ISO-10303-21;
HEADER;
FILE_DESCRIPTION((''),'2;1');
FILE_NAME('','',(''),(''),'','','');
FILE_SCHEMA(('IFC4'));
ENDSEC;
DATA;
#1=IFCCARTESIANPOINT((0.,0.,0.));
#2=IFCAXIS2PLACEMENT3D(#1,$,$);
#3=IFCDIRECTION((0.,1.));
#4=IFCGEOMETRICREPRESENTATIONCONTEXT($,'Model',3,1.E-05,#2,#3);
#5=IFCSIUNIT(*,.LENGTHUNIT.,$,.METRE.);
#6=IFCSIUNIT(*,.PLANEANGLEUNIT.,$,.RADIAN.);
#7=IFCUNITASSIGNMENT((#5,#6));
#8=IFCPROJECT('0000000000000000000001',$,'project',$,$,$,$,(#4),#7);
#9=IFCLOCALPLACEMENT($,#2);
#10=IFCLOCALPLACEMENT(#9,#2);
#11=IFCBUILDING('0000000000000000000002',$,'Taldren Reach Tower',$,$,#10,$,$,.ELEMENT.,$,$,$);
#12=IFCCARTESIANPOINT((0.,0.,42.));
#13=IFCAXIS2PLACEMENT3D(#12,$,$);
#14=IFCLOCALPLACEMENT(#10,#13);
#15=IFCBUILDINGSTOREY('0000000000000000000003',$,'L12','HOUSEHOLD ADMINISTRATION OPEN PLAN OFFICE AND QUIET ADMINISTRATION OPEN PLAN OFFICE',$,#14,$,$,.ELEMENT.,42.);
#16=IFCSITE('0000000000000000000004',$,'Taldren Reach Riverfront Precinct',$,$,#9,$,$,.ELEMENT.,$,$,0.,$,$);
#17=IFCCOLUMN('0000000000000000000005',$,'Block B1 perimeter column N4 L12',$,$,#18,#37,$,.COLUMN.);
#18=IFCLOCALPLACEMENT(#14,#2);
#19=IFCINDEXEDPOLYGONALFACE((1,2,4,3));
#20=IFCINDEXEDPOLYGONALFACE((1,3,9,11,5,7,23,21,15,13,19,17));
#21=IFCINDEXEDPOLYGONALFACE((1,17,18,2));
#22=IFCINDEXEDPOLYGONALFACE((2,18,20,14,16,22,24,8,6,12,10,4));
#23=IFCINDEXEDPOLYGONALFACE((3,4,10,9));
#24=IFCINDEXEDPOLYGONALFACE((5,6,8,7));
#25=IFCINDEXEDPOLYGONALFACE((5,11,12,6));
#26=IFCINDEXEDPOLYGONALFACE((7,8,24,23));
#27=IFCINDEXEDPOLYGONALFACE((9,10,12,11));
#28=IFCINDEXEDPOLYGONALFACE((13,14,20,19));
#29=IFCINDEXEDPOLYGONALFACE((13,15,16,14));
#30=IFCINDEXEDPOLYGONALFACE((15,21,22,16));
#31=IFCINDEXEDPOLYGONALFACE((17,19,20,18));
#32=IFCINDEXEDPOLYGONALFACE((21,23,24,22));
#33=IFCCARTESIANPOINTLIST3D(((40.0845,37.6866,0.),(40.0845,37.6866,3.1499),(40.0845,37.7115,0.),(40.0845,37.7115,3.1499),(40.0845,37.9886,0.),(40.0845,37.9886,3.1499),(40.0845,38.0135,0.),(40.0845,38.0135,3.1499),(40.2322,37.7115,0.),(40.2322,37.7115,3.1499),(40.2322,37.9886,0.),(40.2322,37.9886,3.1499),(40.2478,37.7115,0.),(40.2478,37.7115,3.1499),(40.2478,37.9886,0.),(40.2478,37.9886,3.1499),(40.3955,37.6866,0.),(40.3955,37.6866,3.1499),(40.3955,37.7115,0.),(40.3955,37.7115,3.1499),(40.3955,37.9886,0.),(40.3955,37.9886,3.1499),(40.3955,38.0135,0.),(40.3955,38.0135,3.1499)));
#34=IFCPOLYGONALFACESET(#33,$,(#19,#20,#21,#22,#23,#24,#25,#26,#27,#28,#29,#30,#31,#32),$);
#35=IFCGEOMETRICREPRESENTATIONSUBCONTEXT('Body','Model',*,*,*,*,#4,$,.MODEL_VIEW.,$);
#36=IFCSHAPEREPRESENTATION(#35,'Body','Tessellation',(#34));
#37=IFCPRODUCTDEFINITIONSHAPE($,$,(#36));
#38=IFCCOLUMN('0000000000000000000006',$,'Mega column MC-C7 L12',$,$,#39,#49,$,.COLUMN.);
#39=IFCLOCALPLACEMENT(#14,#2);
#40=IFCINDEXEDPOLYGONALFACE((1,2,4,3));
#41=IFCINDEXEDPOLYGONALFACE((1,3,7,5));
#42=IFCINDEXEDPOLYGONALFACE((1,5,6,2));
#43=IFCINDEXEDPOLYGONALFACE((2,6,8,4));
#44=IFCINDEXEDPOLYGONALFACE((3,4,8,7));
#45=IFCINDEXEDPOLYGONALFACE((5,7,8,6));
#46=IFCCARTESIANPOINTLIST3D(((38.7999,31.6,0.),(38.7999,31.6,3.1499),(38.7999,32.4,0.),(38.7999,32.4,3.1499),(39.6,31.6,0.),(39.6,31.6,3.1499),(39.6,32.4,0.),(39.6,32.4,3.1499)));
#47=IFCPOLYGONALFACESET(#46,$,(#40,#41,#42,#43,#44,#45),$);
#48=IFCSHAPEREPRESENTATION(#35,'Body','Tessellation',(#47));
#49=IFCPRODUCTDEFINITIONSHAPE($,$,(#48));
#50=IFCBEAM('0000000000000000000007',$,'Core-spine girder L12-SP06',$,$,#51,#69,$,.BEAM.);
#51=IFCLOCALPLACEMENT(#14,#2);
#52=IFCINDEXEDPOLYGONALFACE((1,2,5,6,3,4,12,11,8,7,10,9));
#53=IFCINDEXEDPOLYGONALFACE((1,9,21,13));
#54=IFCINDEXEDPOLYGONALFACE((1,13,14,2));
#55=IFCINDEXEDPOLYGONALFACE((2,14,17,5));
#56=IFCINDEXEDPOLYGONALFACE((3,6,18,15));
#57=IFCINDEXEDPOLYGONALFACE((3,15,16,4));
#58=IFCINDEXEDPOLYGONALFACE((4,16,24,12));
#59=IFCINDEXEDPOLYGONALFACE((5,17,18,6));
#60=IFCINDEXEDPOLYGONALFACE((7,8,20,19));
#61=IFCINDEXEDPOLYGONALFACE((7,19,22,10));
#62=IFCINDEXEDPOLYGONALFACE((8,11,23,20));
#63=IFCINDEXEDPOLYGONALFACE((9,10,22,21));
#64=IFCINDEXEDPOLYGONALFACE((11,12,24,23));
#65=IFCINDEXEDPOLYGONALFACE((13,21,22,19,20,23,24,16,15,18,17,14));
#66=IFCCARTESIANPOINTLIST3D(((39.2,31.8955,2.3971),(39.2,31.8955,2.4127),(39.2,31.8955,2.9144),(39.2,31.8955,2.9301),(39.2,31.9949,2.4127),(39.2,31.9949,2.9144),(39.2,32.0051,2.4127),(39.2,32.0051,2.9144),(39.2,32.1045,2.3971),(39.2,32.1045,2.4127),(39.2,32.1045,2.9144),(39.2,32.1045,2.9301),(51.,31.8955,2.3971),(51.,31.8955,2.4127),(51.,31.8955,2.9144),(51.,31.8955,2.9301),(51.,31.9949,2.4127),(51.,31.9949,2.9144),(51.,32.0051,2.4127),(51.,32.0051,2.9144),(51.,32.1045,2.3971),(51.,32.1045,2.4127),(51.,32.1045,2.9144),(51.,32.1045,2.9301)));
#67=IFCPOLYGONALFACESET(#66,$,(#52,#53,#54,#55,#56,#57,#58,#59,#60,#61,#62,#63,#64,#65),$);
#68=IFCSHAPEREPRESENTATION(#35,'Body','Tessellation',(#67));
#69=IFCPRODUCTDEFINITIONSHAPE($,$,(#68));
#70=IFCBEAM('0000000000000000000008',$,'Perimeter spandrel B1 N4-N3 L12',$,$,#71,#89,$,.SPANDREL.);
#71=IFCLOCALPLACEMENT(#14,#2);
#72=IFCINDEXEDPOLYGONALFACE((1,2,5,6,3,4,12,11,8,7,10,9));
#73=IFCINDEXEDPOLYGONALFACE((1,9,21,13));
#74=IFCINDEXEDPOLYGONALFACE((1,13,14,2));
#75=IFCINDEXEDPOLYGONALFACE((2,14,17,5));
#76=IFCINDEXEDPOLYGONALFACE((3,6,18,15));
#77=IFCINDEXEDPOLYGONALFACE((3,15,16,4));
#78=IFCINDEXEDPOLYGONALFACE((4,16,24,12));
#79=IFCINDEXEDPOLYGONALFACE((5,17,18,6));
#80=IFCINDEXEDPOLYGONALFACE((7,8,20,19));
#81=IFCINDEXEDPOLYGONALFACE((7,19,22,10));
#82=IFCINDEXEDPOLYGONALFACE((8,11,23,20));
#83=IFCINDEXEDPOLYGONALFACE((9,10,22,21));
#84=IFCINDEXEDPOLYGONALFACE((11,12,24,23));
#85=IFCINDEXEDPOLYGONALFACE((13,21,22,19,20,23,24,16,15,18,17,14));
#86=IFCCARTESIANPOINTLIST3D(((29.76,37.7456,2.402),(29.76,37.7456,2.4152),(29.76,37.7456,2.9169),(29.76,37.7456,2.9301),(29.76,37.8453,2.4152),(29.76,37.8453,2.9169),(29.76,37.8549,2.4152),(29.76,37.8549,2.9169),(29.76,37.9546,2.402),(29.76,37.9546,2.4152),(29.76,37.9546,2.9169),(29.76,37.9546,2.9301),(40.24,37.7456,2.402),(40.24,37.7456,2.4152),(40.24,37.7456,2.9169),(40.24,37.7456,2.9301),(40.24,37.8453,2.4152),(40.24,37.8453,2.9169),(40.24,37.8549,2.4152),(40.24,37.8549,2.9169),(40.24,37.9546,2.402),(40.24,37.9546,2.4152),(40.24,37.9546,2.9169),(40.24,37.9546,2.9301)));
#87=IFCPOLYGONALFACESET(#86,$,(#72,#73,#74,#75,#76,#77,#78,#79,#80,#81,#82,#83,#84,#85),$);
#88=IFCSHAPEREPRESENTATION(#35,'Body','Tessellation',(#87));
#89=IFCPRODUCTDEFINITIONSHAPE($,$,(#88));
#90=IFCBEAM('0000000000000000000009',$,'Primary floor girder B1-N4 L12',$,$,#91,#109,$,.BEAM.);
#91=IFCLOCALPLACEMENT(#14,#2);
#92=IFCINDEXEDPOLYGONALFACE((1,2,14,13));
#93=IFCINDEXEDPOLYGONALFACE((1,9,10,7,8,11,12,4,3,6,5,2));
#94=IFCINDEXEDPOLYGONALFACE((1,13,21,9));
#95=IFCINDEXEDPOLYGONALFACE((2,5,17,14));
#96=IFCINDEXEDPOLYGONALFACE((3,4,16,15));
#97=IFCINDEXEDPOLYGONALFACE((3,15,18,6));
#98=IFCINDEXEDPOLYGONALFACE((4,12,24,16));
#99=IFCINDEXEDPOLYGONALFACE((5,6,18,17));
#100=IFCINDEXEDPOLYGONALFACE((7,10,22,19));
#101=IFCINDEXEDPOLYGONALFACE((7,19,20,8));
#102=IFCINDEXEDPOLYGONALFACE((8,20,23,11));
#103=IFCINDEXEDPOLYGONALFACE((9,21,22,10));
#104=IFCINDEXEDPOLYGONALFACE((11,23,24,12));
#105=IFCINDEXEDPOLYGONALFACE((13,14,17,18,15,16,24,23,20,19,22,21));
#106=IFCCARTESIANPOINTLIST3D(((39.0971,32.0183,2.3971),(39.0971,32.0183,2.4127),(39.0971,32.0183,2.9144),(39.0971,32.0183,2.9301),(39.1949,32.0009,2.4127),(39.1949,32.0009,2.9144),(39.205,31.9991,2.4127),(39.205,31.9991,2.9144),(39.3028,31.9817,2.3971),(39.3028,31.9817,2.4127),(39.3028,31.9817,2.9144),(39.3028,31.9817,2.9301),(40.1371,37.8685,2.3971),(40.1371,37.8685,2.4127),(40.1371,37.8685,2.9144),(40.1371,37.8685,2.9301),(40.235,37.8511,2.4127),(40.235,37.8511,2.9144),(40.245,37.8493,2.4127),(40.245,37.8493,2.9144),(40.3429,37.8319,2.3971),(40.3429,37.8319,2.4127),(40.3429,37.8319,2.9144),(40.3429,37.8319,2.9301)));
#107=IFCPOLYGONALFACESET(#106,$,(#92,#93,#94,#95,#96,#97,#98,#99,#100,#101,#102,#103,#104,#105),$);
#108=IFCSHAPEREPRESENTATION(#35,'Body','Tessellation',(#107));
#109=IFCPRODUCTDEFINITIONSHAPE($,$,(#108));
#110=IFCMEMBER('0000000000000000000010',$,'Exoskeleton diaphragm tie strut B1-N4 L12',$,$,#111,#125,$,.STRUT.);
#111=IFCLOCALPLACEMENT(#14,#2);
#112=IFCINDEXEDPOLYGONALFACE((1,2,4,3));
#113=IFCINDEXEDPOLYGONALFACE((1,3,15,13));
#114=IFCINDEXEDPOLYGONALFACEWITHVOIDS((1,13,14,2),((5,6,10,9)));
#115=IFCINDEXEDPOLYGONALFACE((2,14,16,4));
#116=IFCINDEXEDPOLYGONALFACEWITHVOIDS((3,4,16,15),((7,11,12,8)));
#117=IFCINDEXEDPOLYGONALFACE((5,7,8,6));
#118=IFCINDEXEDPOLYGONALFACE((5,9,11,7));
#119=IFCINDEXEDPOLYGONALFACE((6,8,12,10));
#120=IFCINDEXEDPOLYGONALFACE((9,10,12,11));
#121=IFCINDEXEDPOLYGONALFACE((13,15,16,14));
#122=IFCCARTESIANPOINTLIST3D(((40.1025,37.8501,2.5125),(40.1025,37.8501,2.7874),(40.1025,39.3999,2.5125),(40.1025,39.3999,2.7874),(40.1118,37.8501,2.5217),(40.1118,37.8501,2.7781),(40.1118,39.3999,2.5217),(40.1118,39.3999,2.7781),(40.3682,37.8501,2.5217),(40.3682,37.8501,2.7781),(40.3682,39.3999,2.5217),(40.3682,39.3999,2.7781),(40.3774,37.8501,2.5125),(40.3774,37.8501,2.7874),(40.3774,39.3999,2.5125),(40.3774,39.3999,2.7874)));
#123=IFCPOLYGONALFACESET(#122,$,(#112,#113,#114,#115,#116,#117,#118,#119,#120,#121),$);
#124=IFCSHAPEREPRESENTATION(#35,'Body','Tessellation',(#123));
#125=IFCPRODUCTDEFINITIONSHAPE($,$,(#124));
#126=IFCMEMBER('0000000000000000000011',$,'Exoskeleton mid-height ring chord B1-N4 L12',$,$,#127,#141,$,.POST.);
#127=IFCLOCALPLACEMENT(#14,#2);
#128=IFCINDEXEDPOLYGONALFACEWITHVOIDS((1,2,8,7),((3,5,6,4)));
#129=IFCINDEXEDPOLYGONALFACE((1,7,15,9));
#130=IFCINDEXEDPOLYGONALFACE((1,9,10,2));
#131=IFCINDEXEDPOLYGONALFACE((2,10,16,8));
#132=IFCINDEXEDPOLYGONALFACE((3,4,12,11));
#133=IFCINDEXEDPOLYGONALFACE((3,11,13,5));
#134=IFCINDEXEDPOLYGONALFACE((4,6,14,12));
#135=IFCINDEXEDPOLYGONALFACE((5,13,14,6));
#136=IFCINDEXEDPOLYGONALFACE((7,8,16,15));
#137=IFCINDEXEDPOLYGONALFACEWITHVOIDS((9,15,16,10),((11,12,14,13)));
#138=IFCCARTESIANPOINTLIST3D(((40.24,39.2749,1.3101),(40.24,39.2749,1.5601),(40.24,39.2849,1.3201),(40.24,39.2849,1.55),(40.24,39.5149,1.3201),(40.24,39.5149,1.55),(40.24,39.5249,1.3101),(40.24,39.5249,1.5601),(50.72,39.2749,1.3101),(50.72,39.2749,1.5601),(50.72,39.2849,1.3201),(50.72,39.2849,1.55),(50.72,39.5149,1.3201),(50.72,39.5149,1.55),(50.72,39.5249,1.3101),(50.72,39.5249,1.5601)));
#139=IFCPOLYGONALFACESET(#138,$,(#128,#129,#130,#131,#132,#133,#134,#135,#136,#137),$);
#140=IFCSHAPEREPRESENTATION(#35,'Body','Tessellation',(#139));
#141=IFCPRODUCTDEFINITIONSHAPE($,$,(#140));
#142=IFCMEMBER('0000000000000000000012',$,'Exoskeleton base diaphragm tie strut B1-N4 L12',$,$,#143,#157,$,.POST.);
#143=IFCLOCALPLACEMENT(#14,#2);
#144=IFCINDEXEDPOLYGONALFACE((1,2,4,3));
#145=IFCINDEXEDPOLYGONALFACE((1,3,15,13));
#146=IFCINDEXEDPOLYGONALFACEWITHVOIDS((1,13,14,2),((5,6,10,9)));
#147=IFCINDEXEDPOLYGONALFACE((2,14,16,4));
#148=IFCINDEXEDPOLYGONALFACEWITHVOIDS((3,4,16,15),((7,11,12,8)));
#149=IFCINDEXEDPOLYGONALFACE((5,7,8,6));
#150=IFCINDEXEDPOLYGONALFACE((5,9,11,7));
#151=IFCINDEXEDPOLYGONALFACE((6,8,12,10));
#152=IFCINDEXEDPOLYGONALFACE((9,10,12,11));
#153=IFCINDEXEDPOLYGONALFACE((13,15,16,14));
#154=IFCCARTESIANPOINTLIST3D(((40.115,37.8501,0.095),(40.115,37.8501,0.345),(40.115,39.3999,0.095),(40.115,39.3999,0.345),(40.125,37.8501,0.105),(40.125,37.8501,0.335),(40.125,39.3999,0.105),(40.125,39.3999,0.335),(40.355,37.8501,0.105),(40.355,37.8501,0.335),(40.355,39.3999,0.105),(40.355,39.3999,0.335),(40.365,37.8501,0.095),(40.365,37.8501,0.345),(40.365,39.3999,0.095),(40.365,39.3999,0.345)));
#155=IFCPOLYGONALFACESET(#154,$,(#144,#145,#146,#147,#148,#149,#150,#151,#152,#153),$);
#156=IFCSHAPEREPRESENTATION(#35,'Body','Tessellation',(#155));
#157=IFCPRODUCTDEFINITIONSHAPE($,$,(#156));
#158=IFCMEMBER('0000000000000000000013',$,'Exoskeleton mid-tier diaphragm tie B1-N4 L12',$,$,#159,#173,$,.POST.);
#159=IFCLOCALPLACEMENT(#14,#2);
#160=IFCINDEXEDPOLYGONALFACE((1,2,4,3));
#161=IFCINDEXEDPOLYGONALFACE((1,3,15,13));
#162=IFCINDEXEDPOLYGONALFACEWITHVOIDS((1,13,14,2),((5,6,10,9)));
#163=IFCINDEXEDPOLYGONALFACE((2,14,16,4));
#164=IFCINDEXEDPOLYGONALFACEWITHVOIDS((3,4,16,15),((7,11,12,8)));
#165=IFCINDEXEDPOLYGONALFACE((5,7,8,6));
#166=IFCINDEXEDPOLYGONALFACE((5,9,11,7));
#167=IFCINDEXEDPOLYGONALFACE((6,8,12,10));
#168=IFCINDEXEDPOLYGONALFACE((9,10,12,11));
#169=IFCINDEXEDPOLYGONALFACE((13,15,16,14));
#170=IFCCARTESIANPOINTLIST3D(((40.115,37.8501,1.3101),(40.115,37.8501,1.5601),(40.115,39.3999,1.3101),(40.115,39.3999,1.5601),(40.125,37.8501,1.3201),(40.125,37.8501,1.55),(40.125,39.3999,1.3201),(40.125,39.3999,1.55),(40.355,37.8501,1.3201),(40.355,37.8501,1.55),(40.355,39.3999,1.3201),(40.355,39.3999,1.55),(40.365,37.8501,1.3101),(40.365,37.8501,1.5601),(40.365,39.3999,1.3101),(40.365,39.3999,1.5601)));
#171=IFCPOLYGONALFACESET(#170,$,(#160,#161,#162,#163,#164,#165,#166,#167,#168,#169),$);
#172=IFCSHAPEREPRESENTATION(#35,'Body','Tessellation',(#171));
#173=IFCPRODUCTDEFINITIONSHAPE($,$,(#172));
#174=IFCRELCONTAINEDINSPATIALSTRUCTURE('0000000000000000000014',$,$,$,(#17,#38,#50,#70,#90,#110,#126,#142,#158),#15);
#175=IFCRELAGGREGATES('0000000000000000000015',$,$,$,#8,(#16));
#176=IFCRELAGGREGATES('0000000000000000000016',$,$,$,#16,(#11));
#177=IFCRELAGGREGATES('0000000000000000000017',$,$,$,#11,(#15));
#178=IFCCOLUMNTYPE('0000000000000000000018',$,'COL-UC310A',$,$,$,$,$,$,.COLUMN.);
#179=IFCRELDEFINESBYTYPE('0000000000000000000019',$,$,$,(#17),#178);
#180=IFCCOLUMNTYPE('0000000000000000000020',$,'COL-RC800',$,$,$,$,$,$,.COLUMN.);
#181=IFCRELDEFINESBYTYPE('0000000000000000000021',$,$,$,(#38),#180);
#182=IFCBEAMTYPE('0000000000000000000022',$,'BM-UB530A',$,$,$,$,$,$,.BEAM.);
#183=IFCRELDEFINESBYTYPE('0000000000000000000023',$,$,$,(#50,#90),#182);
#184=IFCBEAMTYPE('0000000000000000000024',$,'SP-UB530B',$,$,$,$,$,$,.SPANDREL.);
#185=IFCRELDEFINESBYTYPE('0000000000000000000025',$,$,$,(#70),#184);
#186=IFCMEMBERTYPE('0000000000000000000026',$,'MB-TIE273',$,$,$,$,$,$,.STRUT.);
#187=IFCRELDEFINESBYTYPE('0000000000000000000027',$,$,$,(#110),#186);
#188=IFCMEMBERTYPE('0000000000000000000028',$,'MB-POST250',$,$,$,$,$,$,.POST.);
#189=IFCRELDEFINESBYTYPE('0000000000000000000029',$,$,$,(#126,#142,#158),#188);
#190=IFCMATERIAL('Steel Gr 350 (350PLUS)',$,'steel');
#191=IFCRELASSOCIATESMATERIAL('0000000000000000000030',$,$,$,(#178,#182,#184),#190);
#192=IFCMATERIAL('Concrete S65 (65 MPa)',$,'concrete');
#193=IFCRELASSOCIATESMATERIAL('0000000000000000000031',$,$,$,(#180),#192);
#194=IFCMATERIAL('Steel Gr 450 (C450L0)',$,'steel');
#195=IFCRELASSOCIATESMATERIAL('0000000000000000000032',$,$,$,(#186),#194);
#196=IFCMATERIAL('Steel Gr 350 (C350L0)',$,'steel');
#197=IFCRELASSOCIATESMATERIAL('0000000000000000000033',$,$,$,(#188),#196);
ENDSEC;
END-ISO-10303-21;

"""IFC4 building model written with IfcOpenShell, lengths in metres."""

from ifc_helpers import new_model, si_unit, direction, frame, origin, origin_2d, place, context, subcontext, project, spatial, rectangle, hollow_rectangle, i_section, extrude, source, transform, mapped, material, material_profile, profile_set, type_object, element, save


model = new_model("IFC4")

# Units and contexts
model_context = context("Model", 3, precision=1e-05, world=origin(), true_north=direction((0.0, 1.0)))
body_context = subcontext(model_context, "Body", "Model", "MODEL_VIEW")
ifc_project = project(units=[si_unit("LENGTHUNIT", "METRE"), si_unit("PLANEANGLEUNIT", "RADIAN")], contexts=[model_context])

# Site, building, storey
site_placement = place(None, origin())
site = spatial("IfcSite", under=ifc_project, at=site_placement, Name="Taldren Reach Riverfront Precinct", CompositionType="ELEMENT", RefElevation=0.0)
building_placement = place(site_placement, origin())
building = spatial("IfcBuilding", under=site, at=building_placement, Name="Taldren Reach Tower", CompositionType="ELEMENT")
storey_placement = place(building_placement, frame((0.0, 0.0, 42.0)))
storey = spatial("IfcBuildingStorey", under=building, at=storey_placement, Name="L12", Description="HOUSEHOLD ADMINISTRATION OPEN PLAN OFFICE AND QUIET ADMINISTRATION OPEN PLAN OFFICE", CompositionType="ELEMENT", Elevation=42.0)

# Columns
ifc_material_1 = material(Name="Steel Gr 350 (350PLUS)", Category="steel")
ifc_material_profile_1 = material_profile(ifc_material_1, i_section(OverallWidth=0.311, OverallDepth=0.3269, WebThickness=0.0156, FlangeThickness=0.0249, at=origin_2d()), Name="310UC158")
ifc_profile_set_1 = profile_set([ifc_material_profile_1], Name="Steel Gr 350 (350PLUS)")
column_type_1 = type_object("IfcColumnType", Name="COL-UC310A", PredefinedType="COLUMN", material=ifc_profile_set_1)
shared_shape_1 = source(origin(), body_context, "Body", "SweptSolid", [
    extrude(i_section(OverallWidth=0.311, OverallDepth=0.3269, WebThickness=0.0156, FlangeThickness=0.0249, at=origin_2d()), origin(), (0.0, 0.0, 1.0), 3.1499),
])
column_1_placement = place(storey_placement, frame((40.24, 37.8501, 0.0), z_axis=(0.0, 0.0, 1.0), x_axis=(1.0, 0.0, 0.0)))
element("IfcColumn", 1, at=column_1_placement, inside=storey, type_object=column_type_1, Name="Block B1 perimeter column N4 L12", PredefinedType="COLUMN", context=body_context, shape_type="MappedRepresentation", body=[
    mapped(shared_shape_1, transform((0.0, 0.0, 0.0), scale=1.0)),
])
ifc_material_2 = material(Name="Concrete S65 (65 MPa)", Category="concrete")
ifc_material_profile_2 = material_profile(ifc_material_2, rectangle(XDim=0.8, YDim=0.8, at=origin_2d()), Name="RC-800x800")
ifc_profile_set_2 = profile_set([ifc_material_profile_2], Name="Concrete S65 (65 MPa)")
column_type_2 = type_object("IfcColumnType", Name="COL-RC800", PredefinedType="COLUMN", material=ifc_profile_set_2)
shared_shape_2 = source(origin(), body_context, "Body", "SweptSolid", [
    extrude(rectangle(XDim=0.8, YDim=0.8, at=origin_2d()), origin(), (0.0, 0.0, 1.0), 3.1499),
])
column_2_placement = place(storey_placement, frame((39.2, 32.0, 0.0), z_axis=(0.0, 0.0, 1.0), x_axis=(1.0, 0.0, 0.0)))
element("IfcColumn", 2, at=column_2_placement, inside=storey, type_object=column_type_2, Name="Mega column MC-C7 L12", PredefinedType="COLUMN", context=body_context, shape_type="MappedRepresentation", body=[
    mapped(shared_shape_2, transform((0.0, 0.0, 0.0), scale=1.0)),
])

# Beams
ifc_material_profile_3 = material_profile(ifc_material_1, i_section(OverallWidth=0.209, OverallDepth=0.533, WebThickness=0.0103, FlangeThickness=0.0156, at=origin_2d()), Name="530UB92.4")
ifc_profile_set_3 = profile_set([ifc_material_profile_3], Name="Steel Gr 350 (350PLUS)")
beam_type_1 = type_object("IfcBeamType", Name="BM-UB530A", PredefinedType="BEAM", material=ifc_profile_set_3)
shared_shape_3 = source(origin(), body_context, "Body", "SweptSolid", [
    extrude(i_section(OverallWidth=0.209, OverallDepth=0.533, WebThickness=0.0103, FlangeThickness=0.0156, at=origin_2d()), origin(), (0.0, 0.0, 1.0), 11.8),
])
beam_1_placement = place(storey_placement, frame((39.2, 32.0, 2.6636), z_axis=(1.0, 0.0, 0.0), x_axis=(0.0, 1.0, 0.0)))
element("IfcBeam", 3, at=beam_1_placement, inside=storey, type_object=beam_type_1, Name="Core-spine girder L12-SP06", PredefinedType="BEAM", context=body_context, shape_type="MappedRepresentation", body=[
    mapped(shared_shape_3, transform((0.0, 0.0, 0.0), scale=1.0)),
])
ifc_material_profile_4 = material_profile(ifc_material_1, i_section(OverallWidth=0.209, OverallDepth=0.5281, WebThickness=0.0095, FlangeThickness=0.0132, at=origin_2d()), Name="530UB82.0")
ifc_profile_set_4 = profile_set([ifc_material_profile_4], Name="Steel Gr 350 (350PLUS)")
beam_type_2 = type_object("IfcBeamType", Name="SP-UB530B", PredefinedType="SPANDREL", material=ifc_profile_set_4)
shared_shape_4 = source(origin(), body_context, "Body", "SweptSolid", [
    extrude(i_section(OverallWidth=0.209, OverallDepth=0.5281, WebThickness=0.0095, FlangeThickness=0.0132, at=origin_2d()), origin(), (0.0, 0.0, 1.0), 10.48),
])
beam_2_placement = place(storey_placement, frame((40.24, 37.8501, 2.666), z_axis=(-1.0, 0.0, 0.0), x_axis=(0.0, -1.0, 0.0)))
element("IfcBeam", 4, at=beam_2_placement, inside=storey, type_object=beam_type_2, Name="Perimeter spandrel B1 N4-N3 L12", PredefinedType="SPANDREL", context=body_context, shape_type="MappedRepresentation", body=[
    mapped(shared_shape_4, transform((0.0, 0.0, 0.0), scale=1.0)),
])
shared_shape_5 = source(origin(), body_context, "Body", "SweptSolid", [
    extrude(i_section(OverallWidth=0.209, OverallDepth=0.533, WebThickness=0.0103, FlangeThickness=0.0156, at=origin_2d()), origin(), (0.0, 0.0, 1.0), 5.9419),
])
beam_3_placement = place(storey_placement, frame((39.2, 32.0, 2.6636), z_axis=(0.175037, 0.984562, 0.0), x_axis=(-0.984562, 0.175037, 0.0)))
element("IfcBeam", 5, at=beam_3_placement, inside=storey, type_object=beam_type_1, Name="Primary floor girder B1-N4 L12", PredefinedType="BEAM", context=body_context, shape_type="MappedRepresentation", body=[
    mapped(shared_shape_5, transform((0.0, 0.0, 0.0), scale=1.0)),
])

# Members
ifc_material_3 = material(Name="Steel Gr 450 (C450L0)", Category="steel")
ifc_material_profile_5 = material_profile(ifc_material_3, hollow_rectangle(XDim=0.2749, YDim=0.2749, WallThickness=0.0093, at=origin_2d()), Name="275x275x9.3SHS")
ifc_profile_set_5 = profile_set([ifc_material_profile_5], Name="Steel Gr 450 (C450L0)")
member_type_1 = type_object("IfcMemberType", Name="MB-TIE273", PredefinedType="STRUT", material=ifc_profile_set_5)
shared_shape_6 = source(origin(), body_context, "Body", "SweptSolid", [
    extrude(hollow_rectangle(XDim=0.2749, YDim=0.2749, WallThickness=0.0093, at=origin_2d()), origin(), (0.0, 0.0, 1.0), 1.5498),
])
member_1_placement = place(storey_placement, frame((40.24, 37.8501, 2.6499), z_axis=(0.0, 1.0, 0.0), x_axis=(-1.0, 0.0, 0.0)))
element("IfcMember", 6, at=member_1_placement, inside=storey, type_object=member_type_1, Name="Exoskeleton diaphragm tie strut B1-N4 L12", PredefinedType="STRUT", context=body_context, shape_type="MappedRepresentation", body=[
    mapped(shared_shape_6, transform((0.0, 0.0, 0.0), scale=1.0)),
])
ifc_material_4 = material(Name="Steel Gr 350 (C350L0)", Category="steel")
ifc_material_profile_6 = material_profile(ifc_material_4, hollow_rectangle(XDim=0.25, YDim=0.25, WallThickness=0.01, at=origin_2d()), Name="250x250x10.0SHS")
ifc_profile_set_6 = profile_set([ifc_material_profile_6], Name="Steel Gr 350 (C350L0)")
member_type_2 = type_object("IfcMemberType", Name="MB-POST250", PredefinedType="POST", material=ifc_profile_set_6)
shared_shape_7 = source(origin(), body_context, "Body", "SweptSolid", [
    extrude(hollow_rectangle(XDim=0.25, YDim=0.25, WallThickness=0.01, at=origin_2d()), origin(), (0.0, 0.0, 1.0), 10.48),
])
member_2_placement = place(storey_placement, frame((40.24, 39.3999, 1.4351), z_axis=(1.0, 0.0, 0.0), x_axis=(0.0, 1.0, 0.0)))
element("IfcMember", 7, at=member_2_placement, inside=storey, type_object=member_type_2, Name="Exoskeleton mid-height ring chord B1-N4 L12", PredefinedType="POST", context=body_context, shape_type="MappedRepresentation", body=[
    mapped(shared_shape_7, transform((0.0, 0.0, 0.0), scale=1.0)),
])
shared_shape_8 = source(origin(), body_context, "Body", "SweptSolid", [
    extrude(hollow_rectangle(XDim=0.25, YDim=0.25, WallThickness=0.01, at=origin_2d()), origin(), (0.0, 0.0, 1.0), 1.5498),
])
for number, where, z_axis, x_axis, name in (
    (8, (40.24, 37.8501, 0.22), (0.0, 1.0, 0.0), (-1.0, 0.0, 0.0), "Exoskeleton base diaphragm tie strut B1-N4 L12"),
    (9, (40.24, 37.8501, 1.4351), (0.0, 1.0, 0.0), (-1.0, 0.0, 0.0), "Exoskeleton mid-tier diaphragm tie B1-N4 L12"),
):
    element("IfcMember", number, at=place(storey_placement, frame(where, z_axis=z_axis, x_axis=x_axis)), inside=storey, type_object=member_type_2, Name=name, PredefinedType="POST", context=body_context, shape_type="MappedRepresentation", body=[
        mapped(shared_shape_8, transform((0.0, 0.0, 0.0), scale=1.0)),
    ])

save(model, "model.ifc")
